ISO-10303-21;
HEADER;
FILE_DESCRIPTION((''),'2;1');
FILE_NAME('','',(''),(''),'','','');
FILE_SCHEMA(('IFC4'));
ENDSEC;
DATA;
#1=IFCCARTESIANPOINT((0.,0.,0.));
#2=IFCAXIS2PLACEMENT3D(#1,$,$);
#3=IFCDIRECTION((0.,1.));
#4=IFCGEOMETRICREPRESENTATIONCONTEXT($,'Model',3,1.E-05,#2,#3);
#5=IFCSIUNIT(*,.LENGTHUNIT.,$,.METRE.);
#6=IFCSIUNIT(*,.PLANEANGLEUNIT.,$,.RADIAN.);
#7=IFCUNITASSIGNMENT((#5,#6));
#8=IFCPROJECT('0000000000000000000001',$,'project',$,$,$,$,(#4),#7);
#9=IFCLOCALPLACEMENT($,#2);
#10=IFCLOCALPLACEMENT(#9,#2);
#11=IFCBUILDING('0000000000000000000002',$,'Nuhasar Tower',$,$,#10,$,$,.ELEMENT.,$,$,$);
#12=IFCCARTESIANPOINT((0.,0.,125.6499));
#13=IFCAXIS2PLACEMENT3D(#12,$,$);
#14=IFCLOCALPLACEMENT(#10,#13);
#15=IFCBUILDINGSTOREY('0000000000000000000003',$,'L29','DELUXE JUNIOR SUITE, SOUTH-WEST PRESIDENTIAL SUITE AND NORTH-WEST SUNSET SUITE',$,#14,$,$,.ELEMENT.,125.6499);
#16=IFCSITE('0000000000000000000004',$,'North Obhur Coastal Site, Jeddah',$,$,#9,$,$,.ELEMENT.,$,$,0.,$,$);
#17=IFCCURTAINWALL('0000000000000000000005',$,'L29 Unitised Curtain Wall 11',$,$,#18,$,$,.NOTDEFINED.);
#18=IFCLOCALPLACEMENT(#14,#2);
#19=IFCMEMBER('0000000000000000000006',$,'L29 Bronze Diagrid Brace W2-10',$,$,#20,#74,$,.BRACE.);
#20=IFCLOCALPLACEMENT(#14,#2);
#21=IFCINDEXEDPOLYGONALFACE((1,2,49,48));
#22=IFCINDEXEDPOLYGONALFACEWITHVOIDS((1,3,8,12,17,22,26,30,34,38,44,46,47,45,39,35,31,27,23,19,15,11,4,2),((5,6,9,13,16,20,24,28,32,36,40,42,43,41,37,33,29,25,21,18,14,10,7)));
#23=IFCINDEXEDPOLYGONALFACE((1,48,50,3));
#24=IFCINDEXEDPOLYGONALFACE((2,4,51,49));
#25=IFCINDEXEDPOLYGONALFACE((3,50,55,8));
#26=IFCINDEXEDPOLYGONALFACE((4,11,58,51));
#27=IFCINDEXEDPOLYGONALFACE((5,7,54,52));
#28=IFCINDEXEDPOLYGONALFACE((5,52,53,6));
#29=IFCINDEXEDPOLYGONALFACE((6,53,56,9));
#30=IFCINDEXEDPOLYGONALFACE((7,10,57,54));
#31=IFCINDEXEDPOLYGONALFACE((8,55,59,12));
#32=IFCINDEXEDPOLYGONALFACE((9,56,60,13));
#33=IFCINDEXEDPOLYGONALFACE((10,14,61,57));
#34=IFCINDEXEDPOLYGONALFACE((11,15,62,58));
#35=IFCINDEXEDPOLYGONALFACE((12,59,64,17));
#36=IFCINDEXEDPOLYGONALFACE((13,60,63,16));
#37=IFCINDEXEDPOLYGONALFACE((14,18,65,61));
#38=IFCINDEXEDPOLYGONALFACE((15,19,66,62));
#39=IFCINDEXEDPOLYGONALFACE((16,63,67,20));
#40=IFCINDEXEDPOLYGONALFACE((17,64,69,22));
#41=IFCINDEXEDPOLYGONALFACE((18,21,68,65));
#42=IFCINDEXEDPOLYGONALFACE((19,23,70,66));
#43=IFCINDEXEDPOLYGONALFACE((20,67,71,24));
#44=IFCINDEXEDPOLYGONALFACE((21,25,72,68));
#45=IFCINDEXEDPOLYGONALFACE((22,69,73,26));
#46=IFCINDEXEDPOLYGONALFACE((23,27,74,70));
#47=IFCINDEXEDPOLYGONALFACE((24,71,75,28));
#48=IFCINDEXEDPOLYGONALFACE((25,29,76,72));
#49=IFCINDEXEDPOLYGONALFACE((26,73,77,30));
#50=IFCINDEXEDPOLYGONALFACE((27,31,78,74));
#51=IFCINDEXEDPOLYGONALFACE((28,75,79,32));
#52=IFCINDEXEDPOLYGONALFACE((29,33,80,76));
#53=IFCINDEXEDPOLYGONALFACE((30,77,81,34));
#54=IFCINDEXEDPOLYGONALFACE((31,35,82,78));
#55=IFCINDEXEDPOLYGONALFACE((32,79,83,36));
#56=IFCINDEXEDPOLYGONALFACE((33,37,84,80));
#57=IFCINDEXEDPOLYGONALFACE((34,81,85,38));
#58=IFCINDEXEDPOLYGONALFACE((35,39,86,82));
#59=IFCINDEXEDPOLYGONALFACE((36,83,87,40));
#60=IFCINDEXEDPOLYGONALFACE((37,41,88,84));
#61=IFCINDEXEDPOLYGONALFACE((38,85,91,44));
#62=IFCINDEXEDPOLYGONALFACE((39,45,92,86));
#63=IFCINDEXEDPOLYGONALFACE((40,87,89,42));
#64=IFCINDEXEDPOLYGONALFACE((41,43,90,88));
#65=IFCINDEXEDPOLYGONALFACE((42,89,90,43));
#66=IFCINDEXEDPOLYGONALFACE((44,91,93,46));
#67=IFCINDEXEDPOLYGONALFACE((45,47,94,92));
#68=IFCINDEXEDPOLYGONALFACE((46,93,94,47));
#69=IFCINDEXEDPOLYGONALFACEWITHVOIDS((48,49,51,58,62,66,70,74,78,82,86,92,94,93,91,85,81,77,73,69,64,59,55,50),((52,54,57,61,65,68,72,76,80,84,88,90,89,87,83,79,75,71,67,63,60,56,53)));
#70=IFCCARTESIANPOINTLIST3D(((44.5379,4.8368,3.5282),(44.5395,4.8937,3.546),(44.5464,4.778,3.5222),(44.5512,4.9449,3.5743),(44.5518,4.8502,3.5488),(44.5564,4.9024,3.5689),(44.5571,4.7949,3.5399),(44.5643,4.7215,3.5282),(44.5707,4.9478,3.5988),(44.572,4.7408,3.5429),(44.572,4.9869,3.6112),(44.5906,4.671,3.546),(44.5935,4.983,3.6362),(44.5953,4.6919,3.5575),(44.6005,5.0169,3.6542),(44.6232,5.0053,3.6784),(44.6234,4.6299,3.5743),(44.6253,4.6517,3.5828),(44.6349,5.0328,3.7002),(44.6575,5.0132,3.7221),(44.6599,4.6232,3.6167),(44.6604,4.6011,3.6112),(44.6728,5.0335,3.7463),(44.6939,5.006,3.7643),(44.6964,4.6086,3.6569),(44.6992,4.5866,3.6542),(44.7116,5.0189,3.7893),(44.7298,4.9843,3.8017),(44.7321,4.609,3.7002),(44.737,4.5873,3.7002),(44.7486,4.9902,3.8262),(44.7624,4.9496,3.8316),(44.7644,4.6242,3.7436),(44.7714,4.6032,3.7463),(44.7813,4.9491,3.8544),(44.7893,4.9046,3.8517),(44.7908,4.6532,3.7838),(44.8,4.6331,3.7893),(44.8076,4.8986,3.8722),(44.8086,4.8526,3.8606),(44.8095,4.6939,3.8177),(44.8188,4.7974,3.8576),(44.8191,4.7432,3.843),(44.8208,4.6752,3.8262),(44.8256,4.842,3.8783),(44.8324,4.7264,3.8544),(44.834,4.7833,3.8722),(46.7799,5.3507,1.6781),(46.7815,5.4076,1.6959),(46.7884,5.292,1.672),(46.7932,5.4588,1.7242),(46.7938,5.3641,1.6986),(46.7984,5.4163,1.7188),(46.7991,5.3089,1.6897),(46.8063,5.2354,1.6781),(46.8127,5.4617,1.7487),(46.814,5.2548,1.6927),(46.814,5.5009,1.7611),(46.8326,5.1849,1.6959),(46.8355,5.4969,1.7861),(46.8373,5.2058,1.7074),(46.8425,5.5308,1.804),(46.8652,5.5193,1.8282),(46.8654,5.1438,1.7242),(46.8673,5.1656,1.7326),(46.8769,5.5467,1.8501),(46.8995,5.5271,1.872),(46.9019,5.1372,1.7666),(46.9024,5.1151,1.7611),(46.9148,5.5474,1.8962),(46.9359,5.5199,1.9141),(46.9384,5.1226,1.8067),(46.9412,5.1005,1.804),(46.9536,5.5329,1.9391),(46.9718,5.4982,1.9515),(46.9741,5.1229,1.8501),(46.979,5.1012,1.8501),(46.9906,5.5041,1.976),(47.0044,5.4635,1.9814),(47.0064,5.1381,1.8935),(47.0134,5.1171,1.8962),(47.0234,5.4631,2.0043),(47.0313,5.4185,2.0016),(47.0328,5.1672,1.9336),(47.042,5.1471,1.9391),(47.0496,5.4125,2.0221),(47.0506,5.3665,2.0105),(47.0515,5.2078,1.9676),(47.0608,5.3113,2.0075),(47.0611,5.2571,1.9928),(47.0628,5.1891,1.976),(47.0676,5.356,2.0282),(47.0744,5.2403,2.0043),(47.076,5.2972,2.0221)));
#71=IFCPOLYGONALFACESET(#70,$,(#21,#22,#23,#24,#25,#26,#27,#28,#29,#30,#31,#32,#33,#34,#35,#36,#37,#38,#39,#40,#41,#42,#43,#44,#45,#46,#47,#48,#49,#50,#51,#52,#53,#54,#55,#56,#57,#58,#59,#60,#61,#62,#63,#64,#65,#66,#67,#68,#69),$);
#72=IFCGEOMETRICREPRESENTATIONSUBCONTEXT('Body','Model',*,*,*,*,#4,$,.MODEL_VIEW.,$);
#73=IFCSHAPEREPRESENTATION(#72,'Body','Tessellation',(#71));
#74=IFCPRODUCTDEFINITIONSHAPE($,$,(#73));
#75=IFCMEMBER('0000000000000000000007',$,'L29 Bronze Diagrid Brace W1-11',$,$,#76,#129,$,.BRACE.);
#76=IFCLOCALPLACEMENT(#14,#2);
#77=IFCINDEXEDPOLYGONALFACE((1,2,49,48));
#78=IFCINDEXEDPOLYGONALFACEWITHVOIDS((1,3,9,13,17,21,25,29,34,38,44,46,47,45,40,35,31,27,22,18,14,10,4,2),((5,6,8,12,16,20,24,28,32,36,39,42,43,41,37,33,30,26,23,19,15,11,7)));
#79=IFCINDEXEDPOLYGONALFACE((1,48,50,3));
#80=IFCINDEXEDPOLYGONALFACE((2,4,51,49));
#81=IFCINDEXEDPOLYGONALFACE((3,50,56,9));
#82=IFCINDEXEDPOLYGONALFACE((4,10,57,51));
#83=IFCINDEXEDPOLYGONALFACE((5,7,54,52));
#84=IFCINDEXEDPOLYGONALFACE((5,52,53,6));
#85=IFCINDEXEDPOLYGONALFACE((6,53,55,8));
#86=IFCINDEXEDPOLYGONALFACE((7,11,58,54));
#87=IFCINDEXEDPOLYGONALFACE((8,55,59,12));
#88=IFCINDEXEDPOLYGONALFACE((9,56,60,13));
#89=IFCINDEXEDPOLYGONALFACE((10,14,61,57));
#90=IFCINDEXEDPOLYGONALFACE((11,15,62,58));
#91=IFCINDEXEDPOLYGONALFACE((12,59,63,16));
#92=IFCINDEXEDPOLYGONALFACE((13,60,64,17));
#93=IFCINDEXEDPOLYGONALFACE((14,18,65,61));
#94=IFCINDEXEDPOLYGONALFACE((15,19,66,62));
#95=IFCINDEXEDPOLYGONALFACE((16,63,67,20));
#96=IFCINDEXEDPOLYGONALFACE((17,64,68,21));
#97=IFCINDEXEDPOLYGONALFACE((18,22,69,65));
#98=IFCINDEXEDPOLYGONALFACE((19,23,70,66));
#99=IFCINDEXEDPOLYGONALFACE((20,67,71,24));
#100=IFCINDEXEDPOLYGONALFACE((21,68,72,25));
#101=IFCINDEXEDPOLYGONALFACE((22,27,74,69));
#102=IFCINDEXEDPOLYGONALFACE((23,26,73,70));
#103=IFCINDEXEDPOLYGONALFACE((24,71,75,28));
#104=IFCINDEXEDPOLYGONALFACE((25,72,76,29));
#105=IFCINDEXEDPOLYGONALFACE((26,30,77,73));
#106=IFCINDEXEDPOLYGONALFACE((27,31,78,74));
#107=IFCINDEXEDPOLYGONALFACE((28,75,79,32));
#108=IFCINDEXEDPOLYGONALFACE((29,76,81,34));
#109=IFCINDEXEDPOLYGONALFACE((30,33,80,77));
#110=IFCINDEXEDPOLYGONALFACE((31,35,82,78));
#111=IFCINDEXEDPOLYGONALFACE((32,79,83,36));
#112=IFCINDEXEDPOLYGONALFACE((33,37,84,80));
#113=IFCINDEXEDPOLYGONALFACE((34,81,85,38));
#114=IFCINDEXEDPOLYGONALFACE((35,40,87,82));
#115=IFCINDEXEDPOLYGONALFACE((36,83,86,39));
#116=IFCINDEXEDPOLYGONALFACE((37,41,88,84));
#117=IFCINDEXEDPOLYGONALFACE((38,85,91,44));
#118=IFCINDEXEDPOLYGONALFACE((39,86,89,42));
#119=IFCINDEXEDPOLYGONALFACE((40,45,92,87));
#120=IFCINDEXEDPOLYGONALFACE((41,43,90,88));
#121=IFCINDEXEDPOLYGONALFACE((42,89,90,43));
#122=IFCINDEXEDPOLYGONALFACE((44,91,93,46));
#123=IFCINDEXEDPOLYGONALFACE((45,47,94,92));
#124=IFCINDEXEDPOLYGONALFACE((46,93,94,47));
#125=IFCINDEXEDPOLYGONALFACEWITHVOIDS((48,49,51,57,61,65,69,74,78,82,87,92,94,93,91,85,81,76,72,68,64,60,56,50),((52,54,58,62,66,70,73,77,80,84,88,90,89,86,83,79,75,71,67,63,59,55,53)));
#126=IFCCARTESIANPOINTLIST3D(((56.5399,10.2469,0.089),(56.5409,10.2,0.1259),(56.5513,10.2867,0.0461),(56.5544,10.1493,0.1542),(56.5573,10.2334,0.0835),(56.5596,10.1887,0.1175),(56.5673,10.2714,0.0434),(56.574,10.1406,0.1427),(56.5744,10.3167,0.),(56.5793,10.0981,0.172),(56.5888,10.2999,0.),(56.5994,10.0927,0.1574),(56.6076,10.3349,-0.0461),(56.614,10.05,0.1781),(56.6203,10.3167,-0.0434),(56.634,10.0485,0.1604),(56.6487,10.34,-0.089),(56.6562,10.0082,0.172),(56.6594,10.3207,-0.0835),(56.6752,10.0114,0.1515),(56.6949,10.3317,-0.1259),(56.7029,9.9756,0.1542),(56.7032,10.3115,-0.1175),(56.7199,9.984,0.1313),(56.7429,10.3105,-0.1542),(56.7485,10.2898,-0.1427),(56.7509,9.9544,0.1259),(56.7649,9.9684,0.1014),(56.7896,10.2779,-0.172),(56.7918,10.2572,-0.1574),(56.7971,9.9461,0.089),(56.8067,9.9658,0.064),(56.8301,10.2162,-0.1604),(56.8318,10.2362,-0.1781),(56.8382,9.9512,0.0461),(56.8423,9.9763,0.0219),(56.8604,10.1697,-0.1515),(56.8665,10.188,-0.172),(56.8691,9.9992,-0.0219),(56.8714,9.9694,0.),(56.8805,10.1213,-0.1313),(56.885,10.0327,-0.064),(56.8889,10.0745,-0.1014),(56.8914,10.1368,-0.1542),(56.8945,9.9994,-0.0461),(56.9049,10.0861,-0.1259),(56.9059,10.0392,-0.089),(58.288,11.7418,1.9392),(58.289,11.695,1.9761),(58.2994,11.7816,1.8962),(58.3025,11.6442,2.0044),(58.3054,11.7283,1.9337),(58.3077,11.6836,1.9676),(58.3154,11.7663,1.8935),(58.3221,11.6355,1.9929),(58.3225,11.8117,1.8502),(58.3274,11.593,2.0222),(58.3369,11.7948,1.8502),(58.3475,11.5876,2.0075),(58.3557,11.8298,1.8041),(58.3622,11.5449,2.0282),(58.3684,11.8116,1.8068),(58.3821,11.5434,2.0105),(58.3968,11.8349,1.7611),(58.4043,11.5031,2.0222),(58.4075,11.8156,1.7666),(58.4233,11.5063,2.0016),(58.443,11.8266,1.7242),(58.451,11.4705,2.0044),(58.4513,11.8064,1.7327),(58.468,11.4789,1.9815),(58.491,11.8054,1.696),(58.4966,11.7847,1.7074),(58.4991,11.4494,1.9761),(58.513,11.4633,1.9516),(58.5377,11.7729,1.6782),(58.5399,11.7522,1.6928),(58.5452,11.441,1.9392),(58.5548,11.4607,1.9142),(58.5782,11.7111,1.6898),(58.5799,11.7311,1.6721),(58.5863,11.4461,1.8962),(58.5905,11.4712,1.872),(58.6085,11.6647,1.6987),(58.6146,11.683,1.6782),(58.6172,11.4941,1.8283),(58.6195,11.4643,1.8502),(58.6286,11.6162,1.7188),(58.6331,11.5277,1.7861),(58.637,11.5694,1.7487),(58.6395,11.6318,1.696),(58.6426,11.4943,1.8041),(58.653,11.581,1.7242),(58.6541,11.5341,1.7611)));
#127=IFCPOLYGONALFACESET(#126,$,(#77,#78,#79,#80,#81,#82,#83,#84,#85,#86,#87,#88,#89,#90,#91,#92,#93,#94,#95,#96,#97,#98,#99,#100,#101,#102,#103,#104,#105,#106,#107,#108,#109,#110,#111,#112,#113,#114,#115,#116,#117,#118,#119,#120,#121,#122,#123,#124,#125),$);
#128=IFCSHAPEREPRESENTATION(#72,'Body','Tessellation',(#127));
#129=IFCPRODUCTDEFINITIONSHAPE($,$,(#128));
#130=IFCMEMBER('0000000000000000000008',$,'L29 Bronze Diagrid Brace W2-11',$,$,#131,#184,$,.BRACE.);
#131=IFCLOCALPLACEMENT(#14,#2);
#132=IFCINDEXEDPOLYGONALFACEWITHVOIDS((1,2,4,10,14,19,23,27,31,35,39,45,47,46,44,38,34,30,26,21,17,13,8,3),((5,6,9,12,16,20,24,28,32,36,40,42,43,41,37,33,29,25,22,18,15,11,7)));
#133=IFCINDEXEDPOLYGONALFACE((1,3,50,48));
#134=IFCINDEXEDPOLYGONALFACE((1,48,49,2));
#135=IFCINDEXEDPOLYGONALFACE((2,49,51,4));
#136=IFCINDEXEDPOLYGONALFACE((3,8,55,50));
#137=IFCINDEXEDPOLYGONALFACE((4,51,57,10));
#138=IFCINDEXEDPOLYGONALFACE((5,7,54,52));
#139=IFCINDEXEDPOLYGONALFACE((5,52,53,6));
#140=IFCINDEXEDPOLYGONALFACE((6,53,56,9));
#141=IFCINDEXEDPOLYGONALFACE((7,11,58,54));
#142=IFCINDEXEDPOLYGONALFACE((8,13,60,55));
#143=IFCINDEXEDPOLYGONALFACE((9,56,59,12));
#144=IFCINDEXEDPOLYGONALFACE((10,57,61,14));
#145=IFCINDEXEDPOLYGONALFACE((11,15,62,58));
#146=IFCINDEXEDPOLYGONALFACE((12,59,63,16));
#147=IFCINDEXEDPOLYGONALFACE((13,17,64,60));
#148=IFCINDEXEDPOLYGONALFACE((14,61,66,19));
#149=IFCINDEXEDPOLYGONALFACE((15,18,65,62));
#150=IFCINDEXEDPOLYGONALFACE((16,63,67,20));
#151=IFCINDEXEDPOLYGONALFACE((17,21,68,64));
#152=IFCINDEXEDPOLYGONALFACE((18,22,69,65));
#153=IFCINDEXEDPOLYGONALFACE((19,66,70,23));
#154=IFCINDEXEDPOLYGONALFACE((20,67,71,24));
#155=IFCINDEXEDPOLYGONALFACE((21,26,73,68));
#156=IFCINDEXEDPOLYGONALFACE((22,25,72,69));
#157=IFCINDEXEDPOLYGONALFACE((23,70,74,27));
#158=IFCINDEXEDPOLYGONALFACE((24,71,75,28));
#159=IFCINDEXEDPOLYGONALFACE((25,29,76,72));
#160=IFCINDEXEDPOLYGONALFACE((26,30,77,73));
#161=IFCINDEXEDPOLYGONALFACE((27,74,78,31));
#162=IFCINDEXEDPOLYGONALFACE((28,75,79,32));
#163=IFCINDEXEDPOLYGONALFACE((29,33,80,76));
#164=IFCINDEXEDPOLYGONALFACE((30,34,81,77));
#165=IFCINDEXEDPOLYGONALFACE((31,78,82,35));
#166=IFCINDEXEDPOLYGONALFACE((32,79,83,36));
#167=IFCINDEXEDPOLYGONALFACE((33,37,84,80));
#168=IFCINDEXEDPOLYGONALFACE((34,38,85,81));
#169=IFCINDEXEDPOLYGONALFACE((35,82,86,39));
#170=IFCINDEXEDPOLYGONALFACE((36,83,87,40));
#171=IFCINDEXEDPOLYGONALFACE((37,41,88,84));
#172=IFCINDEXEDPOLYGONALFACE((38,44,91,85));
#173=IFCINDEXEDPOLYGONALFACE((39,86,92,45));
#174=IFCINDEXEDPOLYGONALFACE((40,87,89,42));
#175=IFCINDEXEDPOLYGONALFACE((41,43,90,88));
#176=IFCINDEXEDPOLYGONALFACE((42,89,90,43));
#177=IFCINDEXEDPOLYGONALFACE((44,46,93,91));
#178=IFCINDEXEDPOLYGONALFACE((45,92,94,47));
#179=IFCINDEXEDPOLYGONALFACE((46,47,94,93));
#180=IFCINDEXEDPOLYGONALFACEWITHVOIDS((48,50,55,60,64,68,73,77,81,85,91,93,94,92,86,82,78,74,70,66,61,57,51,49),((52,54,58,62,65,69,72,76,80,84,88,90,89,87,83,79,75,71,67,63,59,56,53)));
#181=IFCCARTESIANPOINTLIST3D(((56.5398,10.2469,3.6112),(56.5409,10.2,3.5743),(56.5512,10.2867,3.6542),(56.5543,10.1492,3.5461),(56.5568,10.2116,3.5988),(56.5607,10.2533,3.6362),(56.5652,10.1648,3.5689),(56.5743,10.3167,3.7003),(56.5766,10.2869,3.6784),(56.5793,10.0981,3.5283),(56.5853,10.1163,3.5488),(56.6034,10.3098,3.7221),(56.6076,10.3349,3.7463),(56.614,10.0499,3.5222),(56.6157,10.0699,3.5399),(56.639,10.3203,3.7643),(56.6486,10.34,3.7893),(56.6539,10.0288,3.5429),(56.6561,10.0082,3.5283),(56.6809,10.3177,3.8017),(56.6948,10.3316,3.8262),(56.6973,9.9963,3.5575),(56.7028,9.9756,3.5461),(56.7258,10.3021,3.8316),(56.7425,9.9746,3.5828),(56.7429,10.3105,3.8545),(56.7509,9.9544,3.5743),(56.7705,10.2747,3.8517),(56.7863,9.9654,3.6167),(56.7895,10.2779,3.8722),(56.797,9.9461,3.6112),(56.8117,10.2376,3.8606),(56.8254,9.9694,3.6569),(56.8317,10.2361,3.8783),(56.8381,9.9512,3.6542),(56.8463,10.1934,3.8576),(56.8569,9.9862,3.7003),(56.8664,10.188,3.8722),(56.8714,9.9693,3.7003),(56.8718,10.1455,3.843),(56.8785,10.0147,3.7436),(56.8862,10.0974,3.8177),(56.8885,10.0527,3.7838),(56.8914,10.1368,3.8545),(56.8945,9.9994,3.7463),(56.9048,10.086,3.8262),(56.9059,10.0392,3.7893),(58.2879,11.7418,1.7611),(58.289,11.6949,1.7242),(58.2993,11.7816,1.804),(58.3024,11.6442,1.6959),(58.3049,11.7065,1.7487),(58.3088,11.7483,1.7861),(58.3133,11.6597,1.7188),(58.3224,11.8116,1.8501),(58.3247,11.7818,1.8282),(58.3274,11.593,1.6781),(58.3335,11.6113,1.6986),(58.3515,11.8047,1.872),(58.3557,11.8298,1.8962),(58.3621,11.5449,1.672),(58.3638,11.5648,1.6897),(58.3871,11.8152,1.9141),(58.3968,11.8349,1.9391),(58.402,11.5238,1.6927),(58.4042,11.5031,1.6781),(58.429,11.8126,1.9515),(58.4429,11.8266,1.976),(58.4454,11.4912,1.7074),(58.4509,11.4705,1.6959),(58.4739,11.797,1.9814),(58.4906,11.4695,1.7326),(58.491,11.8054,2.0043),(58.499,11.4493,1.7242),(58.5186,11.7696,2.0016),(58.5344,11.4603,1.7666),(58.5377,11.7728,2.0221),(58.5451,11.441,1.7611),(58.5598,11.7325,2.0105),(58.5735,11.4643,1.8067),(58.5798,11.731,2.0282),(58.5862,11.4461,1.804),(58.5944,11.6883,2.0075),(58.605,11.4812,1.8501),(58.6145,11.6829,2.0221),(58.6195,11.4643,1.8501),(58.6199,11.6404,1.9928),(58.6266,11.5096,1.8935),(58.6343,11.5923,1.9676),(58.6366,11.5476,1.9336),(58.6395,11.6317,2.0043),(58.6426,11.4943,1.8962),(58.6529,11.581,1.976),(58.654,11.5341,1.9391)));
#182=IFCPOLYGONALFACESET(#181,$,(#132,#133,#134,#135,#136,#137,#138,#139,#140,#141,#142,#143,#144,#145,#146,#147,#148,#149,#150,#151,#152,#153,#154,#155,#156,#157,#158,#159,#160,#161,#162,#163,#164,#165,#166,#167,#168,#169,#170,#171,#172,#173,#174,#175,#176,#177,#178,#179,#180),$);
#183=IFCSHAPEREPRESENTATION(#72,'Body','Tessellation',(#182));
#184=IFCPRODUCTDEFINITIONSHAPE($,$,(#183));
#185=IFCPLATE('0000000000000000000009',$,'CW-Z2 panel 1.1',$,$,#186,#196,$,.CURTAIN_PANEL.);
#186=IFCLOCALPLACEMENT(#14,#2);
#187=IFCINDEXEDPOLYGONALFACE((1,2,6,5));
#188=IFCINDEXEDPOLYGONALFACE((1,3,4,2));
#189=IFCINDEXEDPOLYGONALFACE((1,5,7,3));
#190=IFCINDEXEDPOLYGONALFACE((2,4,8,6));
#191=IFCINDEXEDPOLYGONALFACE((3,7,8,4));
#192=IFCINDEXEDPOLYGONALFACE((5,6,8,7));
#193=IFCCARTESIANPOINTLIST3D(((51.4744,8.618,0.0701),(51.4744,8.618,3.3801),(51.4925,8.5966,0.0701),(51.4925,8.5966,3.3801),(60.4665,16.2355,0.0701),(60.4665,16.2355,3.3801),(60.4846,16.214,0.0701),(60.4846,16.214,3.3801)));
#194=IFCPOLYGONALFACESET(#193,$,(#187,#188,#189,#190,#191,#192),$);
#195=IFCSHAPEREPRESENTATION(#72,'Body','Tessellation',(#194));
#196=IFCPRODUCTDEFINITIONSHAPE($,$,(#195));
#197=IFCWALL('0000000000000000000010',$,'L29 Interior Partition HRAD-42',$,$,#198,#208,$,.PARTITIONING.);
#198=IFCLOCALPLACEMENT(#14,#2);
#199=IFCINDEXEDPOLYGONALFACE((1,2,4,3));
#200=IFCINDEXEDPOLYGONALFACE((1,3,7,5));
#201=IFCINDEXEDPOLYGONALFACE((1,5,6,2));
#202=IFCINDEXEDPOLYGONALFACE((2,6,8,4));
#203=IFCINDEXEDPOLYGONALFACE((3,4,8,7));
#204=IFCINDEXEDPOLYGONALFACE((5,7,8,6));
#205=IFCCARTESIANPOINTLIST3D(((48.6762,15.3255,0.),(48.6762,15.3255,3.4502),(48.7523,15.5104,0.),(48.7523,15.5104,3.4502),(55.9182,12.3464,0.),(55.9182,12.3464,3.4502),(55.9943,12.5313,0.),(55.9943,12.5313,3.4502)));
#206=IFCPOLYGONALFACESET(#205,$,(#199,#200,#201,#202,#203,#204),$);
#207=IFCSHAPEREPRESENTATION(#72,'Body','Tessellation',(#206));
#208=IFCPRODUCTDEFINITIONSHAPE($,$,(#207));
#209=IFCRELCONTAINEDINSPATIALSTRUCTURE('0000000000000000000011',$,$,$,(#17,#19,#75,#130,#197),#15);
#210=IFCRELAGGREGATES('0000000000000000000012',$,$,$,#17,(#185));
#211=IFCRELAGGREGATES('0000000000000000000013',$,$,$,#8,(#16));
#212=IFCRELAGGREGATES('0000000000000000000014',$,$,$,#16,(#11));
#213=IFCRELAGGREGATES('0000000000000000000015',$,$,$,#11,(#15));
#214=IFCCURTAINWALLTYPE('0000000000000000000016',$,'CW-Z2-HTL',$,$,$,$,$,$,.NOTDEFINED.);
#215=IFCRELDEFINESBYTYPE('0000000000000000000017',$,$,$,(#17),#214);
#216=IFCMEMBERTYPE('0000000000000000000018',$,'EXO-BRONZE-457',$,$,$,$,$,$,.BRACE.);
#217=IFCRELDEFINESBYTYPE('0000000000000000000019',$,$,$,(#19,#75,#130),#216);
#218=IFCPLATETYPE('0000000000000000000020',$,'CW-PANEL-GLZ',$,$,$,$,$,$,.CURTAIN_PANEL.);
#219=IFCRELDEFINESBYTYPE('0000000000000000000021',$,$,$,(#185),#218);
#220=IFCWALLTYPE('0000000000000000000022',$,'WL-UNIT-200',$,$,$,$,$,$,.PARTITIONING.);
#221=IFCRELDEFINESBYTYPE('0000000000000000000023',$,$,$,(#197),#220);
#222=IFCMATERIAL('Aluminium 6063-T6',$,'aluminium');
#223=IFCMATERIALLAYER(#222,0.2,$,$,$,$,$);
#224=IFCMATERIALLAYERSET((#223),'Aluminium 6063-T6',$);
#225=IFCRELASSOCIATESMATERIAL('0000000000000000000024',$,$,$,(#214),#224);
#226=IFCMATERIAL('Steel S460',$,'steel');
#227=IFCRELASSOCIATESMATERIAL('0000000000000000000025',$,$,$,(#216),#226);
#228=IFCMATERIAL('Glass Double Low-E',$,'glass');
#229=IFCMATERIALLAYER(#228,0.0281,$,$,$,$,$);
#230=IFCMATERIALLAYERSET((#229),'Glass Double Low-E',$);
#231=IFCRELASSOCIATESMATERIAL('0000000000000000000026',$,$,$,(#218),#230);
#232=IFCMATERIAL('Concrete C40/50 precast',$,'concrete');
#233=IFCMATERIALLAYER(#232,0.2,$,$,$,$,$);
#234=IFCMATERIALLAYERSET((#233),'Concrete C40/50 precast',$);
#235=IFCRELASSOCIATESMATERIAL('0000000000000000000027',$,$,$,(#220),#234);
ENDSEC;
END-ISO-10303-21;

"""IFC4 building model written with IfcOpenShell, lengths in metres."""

from ifc_helpers import new_model, si_unit, direction, frame, frame_2d, origin, origin_2d, place, context, subcontext, project, spatial, rectangle, hollow_circle, extrude, material, layer, layer_set, material_profile, profile_set, type_object, element, aggregate, save


model = new_model("IFC4")

# Units and contexts
model_context = context("Model", 3, precision=1e-05, world=origin(), true_north=direction((0.0, 1.0)))
body_context = subcontext(model_context, "Body", "Model", "MODEL_VIEW")
ifc_project = project(units=[si_unit("LENGTHUNIT", "METRE"), si_unit("PLANEANGLEUNIT", "RADIAN")], contexts=[model_context])

# Site, building, storey
site_placement = place(None, origin())
site = spatial("IfcSite", under=ifc_project, at=site_placement, Name="North Obhur Coastal Site, Jeddah", CompositionType="ELEMENT", RefElevation=0.0)
building_placement = place(site_placement, origin())
building = spatial("IfcBuilding", under=site, at=building_placement, Name="Nuhasar Tower", CompositionType="ELEMENT")
storey_placement = place(building_placement, frame((0.0, 0.0, 125.6499)))
storey = spatial("IfcBuildingStorey", under=building, at=storey_placement, Name="L29", Description="DELUXE JUNIOR SUITE, SOUTH-WEST PRESIDENTIAL SUITE AND NORTH-WEST SUNSET SUITE", CompositionType="ELEMENT", Elevation=125.6499)

# Shared definitions
ifc_material_1 = material(Name="Aluminium 6063-T6", Category="aluminium")
ifc_layer_1 = layer(ifc_material_1, 0.2)
ifc_layer_set_1 = layer_set([ifc_layer_1], Name="Aluminium 6063-T6")
curtain_wall_type = type_object("IfcCurtainWallType", Name="CW-Z2-HTL", PredefinedType="NOTDEFINED", material=ifc_layer_set_1)

# Curtain wall
curtain_wall_1_placement = place(storey_placement, origin())
curtain_wall_1 = element("IfcCurtainWall", 1, at=curtain_wall_1_placement, inside=storey, type_object=curtain_wall_type, Name="L29 Unitised Curtain Wall 11", PredefinedType="NOTDEFINED")

# Members
ifc_material_2 = material(Name="Steel S460", Category="steel")
ifc_material_profile_1 = material_profile(ifc_material_2, hollow_circle(Radius=0.2285, WallThickness=0.0222, at=origin_2d()), Name="HSS457X22.2")
ifc_profile_set_1 = profile_set([ifc_material_profile_1], Name="Steel S460")
member_type_1 = type_object("IfcMemberType", Name="EXO-BRONZE-457", PredefinedType="BRACE", material=ifc_profile_set_1)
for number, where, z_axis, x_axis, name in (
    (2, (46.928, 5.324, 1.8501), (-0.75951, -0.174101, 0.626764), (0.223433, -0.974719, 0.0), "L29 Bronze Diagrid Brace W2-10"),
    (3, (56.7229, 10.1431, 0.0), (0.592195, 0.506426, 0.626767), (-0.649926, 0.759998, 0.0), "L29 Bronze Diagrid Brace W1-11"),
    (4, (58.4709, 11.6379, 1.8501), (-0.592195, -0.506426, 0.626767), (0.649926, -0.759998, 0.0), "L29 Bronze Diagrid Brace W2-11"),
):
    element("IfcMember", number, at=place(storey_placement, frame(where, z_axis=z_axis, x_axis=x_axis)), inside=storey, type_object=member_type_1, Name=name, PredefinedType="BRACE", context=body_context, shape_type="SweptSolid", body=[
        extrude(hollow_circle(Radius=0.2285, WallThickness=0.0222, at=origin_2d()), origin(), (0.0, 0.0, 1.0), 2.9519),
    ])

# Plate
ifc_material_3 = material(Name="Glass Double Low-E", Category="glass")
ifc_layer_2 = layer(ifc_material_3, 0.0281)
ifc_layer_set_2 = layer_set([ifc_layer_2], Name="Glass Double Low-E")
plate_type = type_object("IfcPlateType", Name="CW-PANEL-GLZ", PredefinedType="CURTAIN_PANEL", material=ifc_layer_set_2)
plate_placement = place(storey_placement, frame((55.9795, 12.416, 0.0701), z_axis=(0.0, 0.0, 1.0), x_axis=(0.76302, 0.646374, 0.0)))
plate = element("IfcPlate", 5, at=plate_placement, type_object=plate_type, Name="CW-Z2 panel 1.1", PredefinedType="CURTAIN_PANEL", context=body_context, shape_type="SweptSolid", body=[
    extrude(rectangle(XDim=11.7849, YDim=0.0281, at=origin_2d()), origin(), (0.0, 0.0, 1.0), 3.3101),
])
aggregate(curtain_wall_1, [plate])

# Wall
ifc_material_4 = material(Name="Concrete C40/50 precast", Category="concrete")
ifc_layer_3 = layer(ifc_material_4, 0.2)
ifc_layer_set_3 = layer_set([ifc_layer_3], Name="Concrete C40/50 precast")
wall_type_1 = type_object("IfcWallType", Name="WL-UNIT-200", PredefinedType="PARTITIONING", material=ifc_layer_set_3)
wall_1_placement = place(storey_placement, frame((48.7141, 15.418, 0.0), z_axis=(0.0, 0.0, 1.0), x_axis=(0.924812, -0.380425, 0.0)))
element("IfcWall", 6, at=wall_1_placement, inside=storey, type_object=wall_type_1, Name="L29 Interior Partition HRAD-42", PredefinedType="PARTITIONING", context=body_context, shape_type="SweptSolid", body=[
    extrude(rectangle(XDim=7.8308, YDim=0.2, at=frame_2d((3.9155, 0.0))), origin(), (0.0, 0.0, 1.0), 3.4502),
])

save(model, "model.ifc")
